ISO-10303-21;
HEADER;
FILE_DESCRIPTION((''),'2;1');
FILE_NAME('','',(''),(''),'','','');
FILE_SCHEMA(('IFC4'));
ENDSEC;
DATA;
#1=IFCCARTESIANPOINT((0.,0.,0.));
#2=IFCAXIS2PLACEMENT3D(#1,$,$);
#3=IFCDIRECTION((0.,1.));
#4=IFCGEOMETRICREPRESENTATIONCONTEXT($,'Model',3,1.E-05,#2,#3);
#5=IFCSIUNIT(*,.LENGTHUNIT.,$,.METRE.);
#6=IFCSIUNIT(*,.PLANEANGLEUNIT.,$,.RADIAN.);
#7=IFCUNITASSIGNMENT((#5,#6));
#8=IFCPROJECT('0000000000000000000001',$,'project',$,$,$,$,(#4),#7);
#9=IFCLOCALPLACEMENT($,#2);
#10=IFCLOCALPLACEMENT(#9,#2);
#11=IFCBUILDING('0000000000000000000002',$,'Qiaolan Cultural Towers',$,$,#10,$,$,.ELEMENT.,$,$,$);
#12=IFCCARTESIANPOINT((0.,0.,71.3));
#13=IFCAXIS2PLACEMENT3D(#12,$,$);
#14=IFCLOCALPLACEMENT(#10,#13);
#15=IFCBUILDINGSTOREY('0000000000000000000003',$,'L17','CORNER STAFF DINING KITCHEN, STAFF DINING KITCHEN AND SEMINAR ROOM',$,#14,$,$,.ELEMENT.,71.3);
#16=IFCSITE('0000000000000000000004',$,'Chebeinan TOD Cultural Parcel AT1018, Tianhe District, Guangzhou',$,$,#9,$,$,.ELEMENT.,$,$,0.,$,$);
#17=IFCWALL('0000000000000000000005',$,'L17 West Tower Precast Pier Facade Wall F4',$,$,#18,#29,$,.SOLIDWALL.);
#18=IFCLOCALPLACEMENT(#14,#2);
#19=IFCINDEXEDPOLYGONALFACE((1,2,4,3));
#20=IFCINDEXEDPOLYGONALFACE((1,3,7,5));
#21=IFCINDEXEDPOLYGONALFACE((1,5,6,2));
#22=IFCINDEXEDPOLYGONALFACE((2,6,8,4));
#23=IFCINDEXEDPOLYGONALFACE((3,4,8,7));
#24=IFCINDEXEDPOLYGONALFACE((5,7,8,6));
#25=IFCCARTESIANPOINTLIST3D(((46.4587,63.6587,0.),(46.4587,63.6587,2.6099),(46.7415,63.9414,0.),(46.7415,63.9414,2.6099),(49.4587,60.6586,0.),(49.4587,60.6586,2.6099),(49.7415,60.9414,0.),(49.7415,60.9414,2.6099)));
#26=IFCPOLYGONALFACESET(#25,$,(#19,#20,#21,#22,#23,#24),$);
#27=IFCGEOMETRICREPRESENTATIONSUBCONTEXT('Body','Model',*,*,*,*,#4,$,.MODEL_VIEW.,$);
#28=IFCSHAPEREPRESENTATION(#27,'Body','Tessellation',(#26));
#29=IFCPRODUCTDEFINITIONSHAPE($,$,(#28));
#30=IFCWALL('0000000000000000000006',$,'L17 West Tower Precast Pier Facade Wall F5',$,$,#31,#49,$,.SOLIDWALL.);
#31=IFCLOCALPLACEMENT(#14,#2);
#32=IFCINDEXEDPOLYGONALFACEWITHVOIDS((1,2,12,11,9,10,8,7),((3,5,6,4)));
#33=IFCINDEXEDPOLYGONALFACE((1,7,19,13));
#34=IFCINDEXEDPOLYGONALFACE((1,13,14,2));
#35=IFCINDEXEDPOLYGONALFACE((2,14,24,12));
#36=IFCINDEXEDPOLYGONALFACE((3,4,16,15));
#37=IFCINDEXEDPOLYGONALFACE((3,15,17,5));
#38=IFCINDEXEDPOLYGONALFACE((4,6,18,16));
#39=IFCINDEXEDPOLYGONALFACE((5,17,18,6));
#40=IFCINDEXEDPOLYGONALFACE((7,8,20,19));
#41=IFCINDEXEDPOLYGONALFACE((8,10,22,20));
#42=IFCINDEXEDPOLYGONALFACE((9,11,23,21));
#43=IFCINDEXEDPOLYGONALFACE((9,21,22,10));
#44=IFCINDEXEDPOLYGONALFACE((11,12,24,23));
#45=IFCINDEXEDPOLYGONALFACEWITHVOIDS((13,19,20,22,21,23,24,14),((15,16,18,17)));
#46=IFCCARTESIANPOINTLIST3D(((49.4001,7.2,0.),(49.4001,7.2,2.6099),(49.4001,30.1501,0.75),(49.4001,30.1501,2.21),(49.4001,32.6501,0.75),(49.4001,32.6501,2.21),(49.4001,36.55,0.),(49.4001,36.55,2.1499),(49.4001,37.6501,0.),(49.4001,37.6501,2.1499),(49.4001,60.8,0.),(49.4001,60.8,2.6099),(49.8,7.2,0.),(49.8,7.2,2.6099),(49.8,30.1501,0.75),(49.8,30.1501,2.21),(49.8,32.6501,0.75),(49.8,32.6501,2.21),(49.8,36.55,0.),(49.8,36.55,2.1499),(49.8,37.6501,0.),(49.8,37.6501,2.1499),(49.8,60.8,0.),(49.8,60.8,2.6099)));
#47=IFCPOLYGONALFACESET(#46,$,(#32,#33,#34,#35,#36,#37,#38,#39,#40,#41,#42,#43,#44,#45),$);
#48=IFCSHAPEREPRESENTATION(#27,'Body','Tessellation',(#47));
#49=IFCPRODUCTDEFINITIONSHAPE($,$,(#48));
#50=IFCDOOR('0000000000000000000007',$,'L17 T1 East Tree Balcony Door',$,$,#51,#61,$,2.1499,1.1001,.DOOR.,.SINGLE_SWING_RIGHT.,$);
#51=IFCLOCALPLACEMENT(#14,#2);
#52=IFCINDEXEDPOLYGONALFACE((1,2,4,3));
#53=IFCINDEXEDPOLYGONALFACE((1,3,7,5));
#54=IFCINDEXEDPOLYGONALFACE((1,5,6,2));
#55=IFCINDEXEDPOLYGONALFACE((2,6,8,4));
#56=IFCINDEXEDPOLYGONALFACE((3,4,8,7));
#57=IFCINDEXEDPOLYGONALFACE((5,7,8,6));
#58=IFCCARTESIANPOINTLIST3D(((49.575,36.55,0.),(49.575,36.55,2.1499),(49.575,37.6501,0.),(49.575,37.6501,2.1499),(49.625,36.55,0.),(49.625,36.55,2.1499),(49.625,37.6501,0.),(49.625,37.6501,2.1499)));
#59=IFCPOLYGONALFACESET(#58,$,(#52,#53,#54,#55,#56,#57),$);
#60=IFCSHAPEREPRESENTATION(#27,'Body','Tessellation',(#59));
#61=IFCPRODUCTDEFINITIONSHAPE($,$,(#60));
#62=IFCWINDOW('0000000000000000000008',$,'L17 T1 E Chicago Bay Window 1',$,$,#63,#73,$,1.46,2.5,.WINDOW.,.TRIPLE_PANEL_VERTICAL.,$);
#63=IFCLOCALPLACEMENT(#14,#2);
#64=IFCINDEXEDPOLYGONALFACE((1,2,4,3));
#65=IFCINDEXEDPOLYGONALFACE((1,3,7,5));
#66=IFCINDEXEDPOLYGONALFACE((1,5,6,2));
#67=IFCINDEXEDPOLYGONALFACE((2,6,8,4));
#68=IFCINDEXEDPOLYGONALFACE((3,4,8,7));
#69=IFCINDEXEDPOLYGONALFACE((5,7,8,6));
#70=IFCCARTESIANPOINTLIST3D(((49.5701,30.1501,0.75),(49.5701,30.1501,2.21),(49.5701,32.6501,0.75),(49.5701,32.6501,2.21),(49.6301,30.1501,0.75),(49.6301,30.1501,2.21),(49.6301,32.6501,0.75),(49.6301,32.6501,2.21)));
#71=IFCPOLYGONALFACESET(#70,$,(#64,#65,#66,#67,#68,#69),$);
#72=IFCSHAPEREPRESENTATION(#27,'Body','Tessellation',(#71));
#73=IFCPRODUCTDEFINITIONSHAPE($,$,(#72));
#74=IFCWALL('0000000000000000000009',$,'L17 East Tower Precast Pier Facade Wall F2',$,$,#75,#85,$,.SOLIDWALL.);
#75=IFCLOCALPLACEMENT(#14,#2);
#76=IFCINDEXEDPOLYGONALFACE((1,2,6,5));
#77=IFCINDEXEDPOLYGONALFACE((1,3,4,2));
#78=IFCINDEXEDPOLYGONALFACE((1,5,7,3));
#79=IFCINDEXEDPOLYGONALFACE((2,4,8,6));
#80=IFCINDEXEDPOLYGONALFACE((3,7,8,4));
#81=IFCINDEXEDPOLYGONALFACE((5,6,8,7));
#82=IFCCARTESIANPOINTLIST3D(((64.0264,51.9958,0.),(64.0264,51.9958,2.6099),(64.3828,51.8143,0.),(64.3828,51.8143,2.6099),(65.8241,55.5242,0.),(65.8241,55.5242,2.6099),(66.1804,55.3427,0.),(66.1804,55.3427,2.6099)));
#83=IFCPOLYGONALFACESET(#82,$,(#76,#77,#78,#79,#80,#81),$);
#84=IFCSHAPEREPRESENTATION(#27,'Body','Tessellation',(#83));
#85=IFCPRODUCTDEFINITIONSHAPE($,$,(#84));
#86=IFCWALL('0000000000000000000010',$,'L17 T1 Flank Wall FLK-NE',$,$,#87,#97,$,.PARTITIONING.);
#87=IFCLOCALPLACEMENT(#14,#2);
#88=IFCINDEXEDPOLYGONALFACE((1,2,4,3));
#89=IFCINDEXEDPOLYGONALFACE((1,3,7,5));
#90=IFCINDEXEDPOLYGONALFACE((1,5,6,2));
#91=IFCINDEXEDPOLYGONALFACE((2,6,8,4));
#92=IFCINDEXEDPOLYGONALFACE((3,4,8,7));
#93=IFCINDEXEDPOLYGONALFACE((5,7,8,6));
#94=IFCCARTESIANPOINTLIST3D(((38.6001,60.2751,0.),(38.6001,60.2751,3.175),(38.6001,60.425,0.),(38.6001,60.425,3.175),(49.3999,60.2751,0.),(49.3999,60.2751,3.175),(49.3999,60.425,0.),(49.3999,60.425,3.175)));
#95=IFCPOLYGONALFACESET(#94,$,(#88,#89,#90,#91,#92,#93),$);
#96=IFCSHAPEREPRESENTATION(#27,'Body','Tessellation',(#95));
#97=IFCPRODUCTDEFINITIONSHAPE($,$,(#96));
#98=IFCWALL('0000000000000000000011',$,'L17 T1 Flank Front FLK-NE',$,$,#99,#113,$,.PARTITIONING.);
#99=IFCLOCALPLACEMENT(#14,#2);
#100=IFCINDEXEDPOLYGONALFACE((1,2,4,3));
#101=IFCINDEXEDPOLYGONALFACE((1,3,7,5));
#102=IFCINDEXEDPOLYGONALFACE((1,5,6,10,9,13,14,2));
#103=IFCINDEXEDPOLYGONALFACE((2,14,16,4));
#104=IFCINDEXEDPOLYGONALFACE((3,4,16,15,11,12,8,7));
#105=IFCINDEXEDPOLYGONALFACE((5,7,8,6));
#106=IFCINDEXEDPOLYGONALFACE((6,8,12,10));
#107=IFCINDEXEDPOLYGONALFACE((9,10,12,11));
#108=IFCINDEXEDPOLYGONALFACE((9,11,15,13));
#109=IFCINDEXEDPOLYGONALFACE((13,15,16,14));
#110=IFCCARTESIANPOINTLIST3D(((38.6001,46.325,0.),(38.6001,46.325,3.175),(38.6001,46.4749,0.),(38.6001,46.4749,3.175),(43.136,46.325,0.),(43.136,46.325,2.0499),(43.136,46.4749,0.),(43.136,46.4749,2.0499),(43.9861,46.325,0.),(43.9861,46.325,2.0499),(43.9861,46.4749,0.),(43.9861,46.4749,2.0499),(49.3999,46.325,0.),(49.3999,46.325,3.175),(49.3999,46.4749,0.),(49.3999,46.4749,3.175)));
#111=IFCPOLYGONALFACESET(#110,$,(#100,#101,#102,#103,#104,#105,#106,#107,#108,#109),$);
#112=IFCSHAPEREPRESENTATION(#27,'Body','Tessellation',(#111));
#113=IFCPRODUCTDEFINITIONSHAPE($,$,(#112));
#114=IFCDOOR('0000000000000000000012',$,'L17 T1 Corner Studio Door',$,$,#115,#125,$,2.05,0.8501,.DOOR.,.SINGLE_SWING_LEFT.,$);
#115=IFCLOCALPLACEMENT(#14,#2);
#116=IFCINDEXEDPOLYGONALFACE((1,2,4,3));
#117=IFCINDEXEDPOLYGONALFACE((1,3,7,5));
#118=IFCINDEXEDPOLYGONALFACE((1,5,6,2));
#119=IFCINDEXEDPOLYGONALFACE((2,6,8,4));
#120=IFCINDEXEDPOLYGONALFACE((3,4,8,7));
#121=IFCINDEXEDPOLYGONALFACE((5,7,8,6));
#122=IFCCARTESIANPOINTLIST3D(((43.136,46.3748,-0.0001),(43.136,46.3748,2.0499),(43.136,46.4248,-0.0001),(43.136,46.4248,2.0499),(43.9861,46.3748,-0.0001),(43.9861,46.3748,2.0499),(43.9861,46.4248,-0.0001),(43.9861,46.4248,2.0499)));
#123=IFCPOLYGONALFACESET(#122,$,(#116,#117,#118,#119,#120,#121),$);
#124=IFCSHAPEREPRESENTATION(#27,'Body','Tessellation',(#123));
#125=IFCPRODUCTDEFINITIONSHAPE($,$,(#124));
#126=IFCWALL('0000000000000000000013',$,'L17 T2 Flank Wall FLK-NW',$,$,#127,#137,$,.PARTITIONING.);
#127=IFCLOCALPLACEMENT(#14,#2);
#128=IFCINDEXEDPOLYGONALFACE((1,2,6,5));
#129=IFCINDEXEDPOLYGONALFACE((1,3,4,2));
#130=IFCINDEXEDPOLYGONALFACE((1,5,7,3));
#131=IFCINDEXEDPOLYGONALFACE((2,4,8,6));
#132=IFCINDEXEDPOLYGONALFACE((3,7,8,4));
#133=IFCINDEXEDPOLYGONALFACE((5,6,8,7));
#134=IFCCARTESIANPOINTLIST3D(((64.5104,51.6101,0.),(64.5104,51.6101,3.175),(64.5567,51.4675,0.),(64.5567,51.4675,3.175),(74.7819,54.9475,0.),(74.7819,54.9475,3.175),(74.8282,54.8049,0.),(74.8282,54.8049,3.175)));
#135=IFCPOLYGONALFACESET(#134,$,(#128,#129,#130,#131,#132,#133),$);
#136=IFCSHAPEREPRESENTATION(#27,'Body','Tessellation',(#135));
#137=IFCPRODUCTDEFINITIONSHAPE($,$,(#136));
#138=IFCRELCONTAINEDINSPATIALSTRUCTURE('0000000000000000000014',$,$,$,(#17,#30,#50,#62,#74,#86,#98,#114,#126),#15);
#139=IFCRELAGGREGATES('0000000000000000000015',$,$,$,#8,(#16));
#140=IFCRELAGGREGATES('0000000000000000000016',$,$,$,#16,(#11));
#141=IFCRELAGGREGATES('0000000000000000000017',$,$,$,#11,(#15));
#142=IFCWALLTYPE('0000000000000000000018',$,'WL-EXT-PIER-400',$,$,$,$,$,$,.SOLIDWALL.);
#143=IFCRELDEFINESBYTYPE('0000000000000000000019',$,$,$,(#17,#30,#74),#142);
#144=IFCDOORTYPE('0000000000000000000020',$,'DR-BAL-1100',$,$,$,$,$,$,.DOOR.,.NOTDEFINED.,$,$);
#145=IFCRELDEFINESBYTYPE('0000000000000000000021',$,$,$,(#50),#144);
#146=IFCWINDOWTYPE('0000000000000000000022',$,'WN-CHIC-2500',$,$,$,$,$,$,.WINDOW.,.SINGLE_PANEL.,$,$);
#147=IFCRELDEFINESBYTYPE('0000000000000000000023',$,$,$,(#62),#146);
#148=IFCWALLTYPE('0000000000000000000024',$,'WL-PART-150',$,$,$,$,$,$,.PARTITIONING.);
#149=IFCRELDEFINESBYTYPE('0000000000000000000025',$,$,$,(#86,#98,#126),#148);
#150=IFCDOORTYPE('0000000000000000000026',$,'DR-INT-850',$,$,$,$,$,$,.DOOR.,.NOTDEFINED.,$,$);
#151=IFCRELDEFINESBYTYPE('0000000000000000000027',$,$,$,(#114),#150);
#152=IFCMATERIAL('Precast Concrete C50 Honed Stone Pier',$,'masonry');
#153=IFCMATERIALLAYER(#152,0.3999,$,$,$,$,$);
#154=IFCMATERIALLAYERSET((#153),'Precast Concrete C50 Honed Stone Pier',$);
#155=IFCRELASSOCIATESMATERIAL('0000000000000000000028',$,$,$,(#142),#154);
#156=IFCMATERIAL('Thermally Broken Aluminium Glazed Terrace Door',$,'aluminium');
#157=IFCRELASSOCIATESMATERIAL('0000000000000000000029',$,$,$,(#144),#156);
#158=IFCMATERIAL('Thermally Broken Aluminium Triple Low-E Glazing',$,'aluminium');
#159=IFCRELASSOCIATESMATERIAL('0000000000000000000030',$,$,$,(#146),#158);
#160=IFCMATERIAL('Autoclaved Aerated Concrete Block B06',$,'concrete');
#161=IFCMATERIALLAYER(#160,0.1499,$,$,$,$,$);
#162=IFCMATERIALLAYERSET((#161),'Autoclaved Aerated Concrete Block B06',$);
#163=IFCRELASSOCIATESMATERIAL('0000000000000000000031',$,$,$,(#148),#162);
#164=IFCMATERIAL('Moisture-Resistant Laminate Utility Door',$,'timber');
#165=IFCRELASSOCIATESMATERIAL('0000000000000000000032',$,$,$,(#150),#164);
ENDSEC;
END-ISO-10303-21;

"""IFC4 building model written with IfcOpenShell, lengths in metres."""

from ifc_helpers import new_model, si_unit, direction, frame, frame_2d, origin, place, context, subcontext, project, spatial, rectangle, extrude, material, layer, layer_set, type_object, element, fill, save


model = new_model("IFC4")

# Units and contexts
model_context = context("Model", 3, precision=1e-05, world=origin(), true_north=direction((0.0, 1.0)))
body_context = subcontext(model_context, "Body", "Model", "MODEL_VIEW")
ifc_project = project(units=[si_unit("LENGTHUNIT", "METRE"), si_unit("PLANEANGLEUNIT", "RADIAN")], contexts=[model_context])

# Site, building, storey
site_placement = place(None, origin())
site = spatial("IfcSite", under=ifc_project, at=site_placement, Name="Chebeinan TOD Cultural Parcel AT1018, Tianhe District, Guangzhou", CompositionType="ELEMENT", RefElevation=0.0)
building_placement = place(site_placement, origin())
building = spatial("IfcBuilding", under=site, at=building_placement, Name="Qiaolan Cultural Towers", CompositionType="ELEMENT")
storey_placement = place(building_placement, frame((0.0, 0.0, 71.3)))
storey = spatial("IfcBuildingStorey", under=building, at=storey_placement, Name="L17", Description="CORNER STAFF DINING KITCHEN, STAFF DINING KITCHEN AND SEMINAR ROOM", CompositionType="ELEMENT", Elevation=71.3)

# Wall
ifc_material_1 = material(Name="Precast Concrete C50 Honed Stone Pier", Category="masonry")
ifc_layer_1 = layer(ifc_material_1, 0.3999)
ifc_layer_set_1 = layer_set([ifc_layer_1], Name="Precast Concrete C50 Honed Stone Pier")
wall_type_1 = type_object("IfcWallType", Name="WL-EXT-PIER-400", PredefinedType="SOLIDWALL", material=ifc_layer_set_1)
wall_1_placement = place(storey_placement, frame((46.6001, 63.8, 0.0), z_axis=(0.0, 0.0, 1.0), x_axis=(0.707107, -0.707107, 0.0)))
element("IfcWall", 1, at=wall_1_placement, inside=storey, type_object=wall_type_1, Name="L17 West Tower Precast Pier Facade Wall F4", PredefinedType="SOLIDWALL", context=body_context, shape_type="SweptSolid", body=[
    extrude(rectangle(XDim=4.2427, YDim=0.3999, at=frame_2d((2.1213, 0.0))), origin(), (0.0, 0.0, 1.0), 2.6099),
])

# Wall, openings, door, window
wall_2_placement = place(storey_placement, frame((49.6001, 60.8, 0.0), z_axis=(0.0, 0.0, 1.0), x_axis=(0.0, -1.0, 0.0)))
wall_2 = element("IfcWall", 2, at=wall_2_placement, inside=storey, type_object=wall_type_1, Name="L17 West Tower Precast Pier Facade Wall F5", PredefinedType="SOLIDWALL", context=body_context, shape_type="SweptSolid", body=[
    extrude(rectangle(XDim=53.6001, YDim=0.3999, at=frame_2d((26.8, 0.0))), origin(), (0.0, 0.0, 1.0), 2.6099),
])
opening_1_placement = place(wall_2_placement, frame((28.1499, 0.0, 0.75)))
opening_1 = element("IfcOpeningElement", 3, at=opening_1_placement, cuts=wall_2, PredefinedType="OPENING", context=body_context, shape_type="SweptSolid", body=[
    extrude(rectangle(XDim=2.5, YDim=1.46, at=frame_2d((1.25, 0.73))), frame((0.0, 0.21, 0.0), z_axis=(0.0, -1.0, 0.0), x_axis=(1.0, 0.0, 0.0)), (0.0, 0.0, 1.0), 0.4199),
])
opening_2_placement = place(wall_2_placement, frame((23.1499, 0.0, 0.0)))
opening_2 = element("IfcOpeningElement", 4, at=opening_2_placement, cuts=wall_2, PredefinedType="OPENING", context=body_context, shape_type="SweptSolid", body=[
    extrude(rectangle(XDim=1.1001, YDim=2.1499, at=frame_2d((0.55, 1.075))), frame((0.0, 0.21, 0.0), z_axis=(0.0, -1.0, 0.0), x_axis=(1.0, 0.0, 0.0)), (0.0, 0.0, 1.0), 0.4199),
])
ifc_material_2 = material(Name="Thermally Broken Aluminium Glazed Terrace Door", Category="aluminium")
door_type_1 = type_object("IfcDoorType", Name="DR-BAL-1100", OperationType="NOTDEFINED", PredefinedType="DOOR", material=ifc_material_2)
door_1_placement = place(opening_2_placement, origin())
door_1 = element("IfcDoor", 5, at=door_1_placement, inside=storey, type_object=door_type_1, Name="L17 T1 East Tree Balcony Door", OperationType="SINGLE_SWING_RIGHT", OverallHeight=2.1499, OverallWidth=1.1001, PredefinedType="DOOR", context=body_context, shape_type="SweptSolid", body=[
    extrude(rectangle(XDim=1.1001, YDim=2.1499, at=frame_2d((0.55, 1.075))), frame((0.0, 0.0249, 0.0), z_axis=(0.0, -1.0, 0.0), x_axis=(1.0, 0.0, 0.0)), (0.0, 0.0, 1.0), 0.05),
])
fill(opening_2, door_1)
ifc_material_3 = material(Name="Thermally Broken Aluminium Triple Low-E Glazing", Category="aluminium")
window_type = type_object("IfcWindowType", Name="WN-CHIC-2500", PartitioningType="SINGLE_PANEL", PredefinedType="WINDOW", material=ifc_material_3)
window_placement = place(opening_1_placement, origin())
window = element("IfcWindow", 6, at=window_placement, inside=storey, type_object=window_type, Name="L17 T1 E Chicago Bay Window 1", OverallHeight=1.46, OverallWidth=2.5, PartitioningType="TRIPLE_PANEL_VERTICAL", PredefinedType="WINDOW", context=body_context, shape_type="SweptSolid", body=[
    extrude(rectangle(XDim=2.5, YDim=1.46, at=frame_2d((1.25, 0.73))), frame((0.0, 0.03, 0.0), z_axis=(0.0, -1.0, 0.0), x_axis=(1.0, 0.0, 0.0)), (0.0, 0.0, 1.0), 0.0601),
])
fill(opening_1, window)

# Walls
wall_3_placement = place(storey_placement, frame((64.2046, 51.905, 0.0), z_axis=(0.0, 0.0, 1.0), x_axis=(0.453958, 0.891023, 0.0)))
element("IfcWall", 7, at=wall_3_placement, inside=storey, type_object=wall_type_1, Name="L17 East Tower Precast Pier Facade Wall F2", PredefinedType="SOLIDWALL", context=body_context, shape_type="SweptSolid", body=[
    extrude(rectangle(XDim=3.96, YDim=0.3999, at=frame_2d((1.98, 0.0))), origin(), (0.0, 0.0, 1.0), 2.6099),
])
ifc_material_4 = material(Name="Autoclaved Aerated Concrete Block B06", Category="concrete")
ifc_layer_2 = layer(ifc_material_4, 0.1499)
ifc_layer_set_2 = layer_set([ifc_layer_2], Name="Autoclaved Aerated Concrete Block B06")
wall_type_2 = type_object("IfcWallType", Name="WL-PART-150", PredefinedType="PARTITIONING", material=ifc_layer_set_2)
wall_4_placement = place(storey_placement, frame((38.6001, 60.3501, 0.0), z_axis=(0.0, 0.0, 1.0), x_axis=(1.0, 0.0, 0.0)))
element("IfcWall", 8, at=wall_4_placement, inside=storey, type_object=wall_type_2, Name="L17 T1 Flank Wall FLK-NE", PredefinedType="PARTITIONING", context=body_context, shape_type="SweptSolid", body=[
    extrude(rectangle(XDim=10.7998, YDim=0.1499, at=frame_2d((5.3999, 0.0))), origin(), (0.0, 0.0, 1.0), 3.175),
])

# Wall, opening, door
wall_5_placement = place(storey_placement, frame((38.6001, 46.3999, 0.0), z_axis=(0.0, 0.0, 1.0), x_axis=(1.0, 0.0, 0.0)))
wall_5 = element("IfcWall", 9, at=wall_5_placement, inside=storey, type_object=wall_type_2, Name="L17 T1 Flank Front FLK-NE", PredefinedType="PARTITIONING", context=body_context, shape_type="SweptSolid", body=[
    extrude(rectangle(XDim=10.7998, YDim=0.1499, at=frame_2d((5.3999, 0.0))), origin(), (0.0, 0.0, 1.0), 3.175),
])
opening_3_placement = place(wall_5_placement, frame((4.5359, 0.0, 0.0)))
opening_3 = element("IfcOpeningElement", 10, at=opening_3_placement, cuts=wall_5, PredefinedType="OPENING", context=body_context, shape_type="SweptSolid", body=[
    extrude(rectangle(XDim=0.8501, YDim=2.05, at=frame_2d((0.425, 1.0249))), frame((0.0, 0.085, 0.0), z_axis=(0.0, -1.0, 0.0), x_axis=(1.0, 0.0, 0.0)), (0.0, 0.0, 1.0), 0.1699),
])
ifc_material_5 = material(Name="Moisture-Resistant Laminate Utility Door", Category="timber")
door_type_2 = type_object("IfcDoorType", Name="DR-INT-850", OperationType="NOTDEFINED", PredefinedType="DOOR", material=ifc_material_5)
door_2_placement = place(opening_3_placement, origin())
door_2 = element("IfcDoor", 11, at=door_2_placement, inside=storey, type_object=door_type_2, Name="L17 T1 Corner Studio Door", OperationType="SINGLE_SWING_LEFT", OverallHeight=2.05, OverallWidth=0.8501, PredefinedType="DOOR", context=body_context, shape_type="SweptSolid", body=[
    extrude(rectangle(XDim=0.8501, YDim=2.05, at=frame_2d((0.425, 1.0249))), frame((0.0, 0.0249, 0.0), z_axis=(0.0, -1.0, 0.0), x_axis=(1.0, 0.0, 0.0)), (0.0, 0.0, 1.0), 0.05),
])
fill(opening_3, door_2)

# Wall
wall_6_placement = place(storey_placement, frame((64.5337, 51.5388, 0.0), z_axis=(0.0, 0.0, 1.0), x_axis=(0.951057, 0.309017, 0.0)))
element("IfcWall", 12, at=wall_6_placement, inside=storey, type_object=wall_type_2, Name="L17 T2 Flank Wall FLK-NW", PredefinedType="PARTITIONING", context=body_context, shape_type="SweptSolid", body=[
    extrude(rectangle(XDim=10.8, YDim=0.1499, at=frame_2d((5.3999, 0.0))), origin(), (0.0, 0.0, 1.0), 3.175),
])

save(model, "model.ifc")
